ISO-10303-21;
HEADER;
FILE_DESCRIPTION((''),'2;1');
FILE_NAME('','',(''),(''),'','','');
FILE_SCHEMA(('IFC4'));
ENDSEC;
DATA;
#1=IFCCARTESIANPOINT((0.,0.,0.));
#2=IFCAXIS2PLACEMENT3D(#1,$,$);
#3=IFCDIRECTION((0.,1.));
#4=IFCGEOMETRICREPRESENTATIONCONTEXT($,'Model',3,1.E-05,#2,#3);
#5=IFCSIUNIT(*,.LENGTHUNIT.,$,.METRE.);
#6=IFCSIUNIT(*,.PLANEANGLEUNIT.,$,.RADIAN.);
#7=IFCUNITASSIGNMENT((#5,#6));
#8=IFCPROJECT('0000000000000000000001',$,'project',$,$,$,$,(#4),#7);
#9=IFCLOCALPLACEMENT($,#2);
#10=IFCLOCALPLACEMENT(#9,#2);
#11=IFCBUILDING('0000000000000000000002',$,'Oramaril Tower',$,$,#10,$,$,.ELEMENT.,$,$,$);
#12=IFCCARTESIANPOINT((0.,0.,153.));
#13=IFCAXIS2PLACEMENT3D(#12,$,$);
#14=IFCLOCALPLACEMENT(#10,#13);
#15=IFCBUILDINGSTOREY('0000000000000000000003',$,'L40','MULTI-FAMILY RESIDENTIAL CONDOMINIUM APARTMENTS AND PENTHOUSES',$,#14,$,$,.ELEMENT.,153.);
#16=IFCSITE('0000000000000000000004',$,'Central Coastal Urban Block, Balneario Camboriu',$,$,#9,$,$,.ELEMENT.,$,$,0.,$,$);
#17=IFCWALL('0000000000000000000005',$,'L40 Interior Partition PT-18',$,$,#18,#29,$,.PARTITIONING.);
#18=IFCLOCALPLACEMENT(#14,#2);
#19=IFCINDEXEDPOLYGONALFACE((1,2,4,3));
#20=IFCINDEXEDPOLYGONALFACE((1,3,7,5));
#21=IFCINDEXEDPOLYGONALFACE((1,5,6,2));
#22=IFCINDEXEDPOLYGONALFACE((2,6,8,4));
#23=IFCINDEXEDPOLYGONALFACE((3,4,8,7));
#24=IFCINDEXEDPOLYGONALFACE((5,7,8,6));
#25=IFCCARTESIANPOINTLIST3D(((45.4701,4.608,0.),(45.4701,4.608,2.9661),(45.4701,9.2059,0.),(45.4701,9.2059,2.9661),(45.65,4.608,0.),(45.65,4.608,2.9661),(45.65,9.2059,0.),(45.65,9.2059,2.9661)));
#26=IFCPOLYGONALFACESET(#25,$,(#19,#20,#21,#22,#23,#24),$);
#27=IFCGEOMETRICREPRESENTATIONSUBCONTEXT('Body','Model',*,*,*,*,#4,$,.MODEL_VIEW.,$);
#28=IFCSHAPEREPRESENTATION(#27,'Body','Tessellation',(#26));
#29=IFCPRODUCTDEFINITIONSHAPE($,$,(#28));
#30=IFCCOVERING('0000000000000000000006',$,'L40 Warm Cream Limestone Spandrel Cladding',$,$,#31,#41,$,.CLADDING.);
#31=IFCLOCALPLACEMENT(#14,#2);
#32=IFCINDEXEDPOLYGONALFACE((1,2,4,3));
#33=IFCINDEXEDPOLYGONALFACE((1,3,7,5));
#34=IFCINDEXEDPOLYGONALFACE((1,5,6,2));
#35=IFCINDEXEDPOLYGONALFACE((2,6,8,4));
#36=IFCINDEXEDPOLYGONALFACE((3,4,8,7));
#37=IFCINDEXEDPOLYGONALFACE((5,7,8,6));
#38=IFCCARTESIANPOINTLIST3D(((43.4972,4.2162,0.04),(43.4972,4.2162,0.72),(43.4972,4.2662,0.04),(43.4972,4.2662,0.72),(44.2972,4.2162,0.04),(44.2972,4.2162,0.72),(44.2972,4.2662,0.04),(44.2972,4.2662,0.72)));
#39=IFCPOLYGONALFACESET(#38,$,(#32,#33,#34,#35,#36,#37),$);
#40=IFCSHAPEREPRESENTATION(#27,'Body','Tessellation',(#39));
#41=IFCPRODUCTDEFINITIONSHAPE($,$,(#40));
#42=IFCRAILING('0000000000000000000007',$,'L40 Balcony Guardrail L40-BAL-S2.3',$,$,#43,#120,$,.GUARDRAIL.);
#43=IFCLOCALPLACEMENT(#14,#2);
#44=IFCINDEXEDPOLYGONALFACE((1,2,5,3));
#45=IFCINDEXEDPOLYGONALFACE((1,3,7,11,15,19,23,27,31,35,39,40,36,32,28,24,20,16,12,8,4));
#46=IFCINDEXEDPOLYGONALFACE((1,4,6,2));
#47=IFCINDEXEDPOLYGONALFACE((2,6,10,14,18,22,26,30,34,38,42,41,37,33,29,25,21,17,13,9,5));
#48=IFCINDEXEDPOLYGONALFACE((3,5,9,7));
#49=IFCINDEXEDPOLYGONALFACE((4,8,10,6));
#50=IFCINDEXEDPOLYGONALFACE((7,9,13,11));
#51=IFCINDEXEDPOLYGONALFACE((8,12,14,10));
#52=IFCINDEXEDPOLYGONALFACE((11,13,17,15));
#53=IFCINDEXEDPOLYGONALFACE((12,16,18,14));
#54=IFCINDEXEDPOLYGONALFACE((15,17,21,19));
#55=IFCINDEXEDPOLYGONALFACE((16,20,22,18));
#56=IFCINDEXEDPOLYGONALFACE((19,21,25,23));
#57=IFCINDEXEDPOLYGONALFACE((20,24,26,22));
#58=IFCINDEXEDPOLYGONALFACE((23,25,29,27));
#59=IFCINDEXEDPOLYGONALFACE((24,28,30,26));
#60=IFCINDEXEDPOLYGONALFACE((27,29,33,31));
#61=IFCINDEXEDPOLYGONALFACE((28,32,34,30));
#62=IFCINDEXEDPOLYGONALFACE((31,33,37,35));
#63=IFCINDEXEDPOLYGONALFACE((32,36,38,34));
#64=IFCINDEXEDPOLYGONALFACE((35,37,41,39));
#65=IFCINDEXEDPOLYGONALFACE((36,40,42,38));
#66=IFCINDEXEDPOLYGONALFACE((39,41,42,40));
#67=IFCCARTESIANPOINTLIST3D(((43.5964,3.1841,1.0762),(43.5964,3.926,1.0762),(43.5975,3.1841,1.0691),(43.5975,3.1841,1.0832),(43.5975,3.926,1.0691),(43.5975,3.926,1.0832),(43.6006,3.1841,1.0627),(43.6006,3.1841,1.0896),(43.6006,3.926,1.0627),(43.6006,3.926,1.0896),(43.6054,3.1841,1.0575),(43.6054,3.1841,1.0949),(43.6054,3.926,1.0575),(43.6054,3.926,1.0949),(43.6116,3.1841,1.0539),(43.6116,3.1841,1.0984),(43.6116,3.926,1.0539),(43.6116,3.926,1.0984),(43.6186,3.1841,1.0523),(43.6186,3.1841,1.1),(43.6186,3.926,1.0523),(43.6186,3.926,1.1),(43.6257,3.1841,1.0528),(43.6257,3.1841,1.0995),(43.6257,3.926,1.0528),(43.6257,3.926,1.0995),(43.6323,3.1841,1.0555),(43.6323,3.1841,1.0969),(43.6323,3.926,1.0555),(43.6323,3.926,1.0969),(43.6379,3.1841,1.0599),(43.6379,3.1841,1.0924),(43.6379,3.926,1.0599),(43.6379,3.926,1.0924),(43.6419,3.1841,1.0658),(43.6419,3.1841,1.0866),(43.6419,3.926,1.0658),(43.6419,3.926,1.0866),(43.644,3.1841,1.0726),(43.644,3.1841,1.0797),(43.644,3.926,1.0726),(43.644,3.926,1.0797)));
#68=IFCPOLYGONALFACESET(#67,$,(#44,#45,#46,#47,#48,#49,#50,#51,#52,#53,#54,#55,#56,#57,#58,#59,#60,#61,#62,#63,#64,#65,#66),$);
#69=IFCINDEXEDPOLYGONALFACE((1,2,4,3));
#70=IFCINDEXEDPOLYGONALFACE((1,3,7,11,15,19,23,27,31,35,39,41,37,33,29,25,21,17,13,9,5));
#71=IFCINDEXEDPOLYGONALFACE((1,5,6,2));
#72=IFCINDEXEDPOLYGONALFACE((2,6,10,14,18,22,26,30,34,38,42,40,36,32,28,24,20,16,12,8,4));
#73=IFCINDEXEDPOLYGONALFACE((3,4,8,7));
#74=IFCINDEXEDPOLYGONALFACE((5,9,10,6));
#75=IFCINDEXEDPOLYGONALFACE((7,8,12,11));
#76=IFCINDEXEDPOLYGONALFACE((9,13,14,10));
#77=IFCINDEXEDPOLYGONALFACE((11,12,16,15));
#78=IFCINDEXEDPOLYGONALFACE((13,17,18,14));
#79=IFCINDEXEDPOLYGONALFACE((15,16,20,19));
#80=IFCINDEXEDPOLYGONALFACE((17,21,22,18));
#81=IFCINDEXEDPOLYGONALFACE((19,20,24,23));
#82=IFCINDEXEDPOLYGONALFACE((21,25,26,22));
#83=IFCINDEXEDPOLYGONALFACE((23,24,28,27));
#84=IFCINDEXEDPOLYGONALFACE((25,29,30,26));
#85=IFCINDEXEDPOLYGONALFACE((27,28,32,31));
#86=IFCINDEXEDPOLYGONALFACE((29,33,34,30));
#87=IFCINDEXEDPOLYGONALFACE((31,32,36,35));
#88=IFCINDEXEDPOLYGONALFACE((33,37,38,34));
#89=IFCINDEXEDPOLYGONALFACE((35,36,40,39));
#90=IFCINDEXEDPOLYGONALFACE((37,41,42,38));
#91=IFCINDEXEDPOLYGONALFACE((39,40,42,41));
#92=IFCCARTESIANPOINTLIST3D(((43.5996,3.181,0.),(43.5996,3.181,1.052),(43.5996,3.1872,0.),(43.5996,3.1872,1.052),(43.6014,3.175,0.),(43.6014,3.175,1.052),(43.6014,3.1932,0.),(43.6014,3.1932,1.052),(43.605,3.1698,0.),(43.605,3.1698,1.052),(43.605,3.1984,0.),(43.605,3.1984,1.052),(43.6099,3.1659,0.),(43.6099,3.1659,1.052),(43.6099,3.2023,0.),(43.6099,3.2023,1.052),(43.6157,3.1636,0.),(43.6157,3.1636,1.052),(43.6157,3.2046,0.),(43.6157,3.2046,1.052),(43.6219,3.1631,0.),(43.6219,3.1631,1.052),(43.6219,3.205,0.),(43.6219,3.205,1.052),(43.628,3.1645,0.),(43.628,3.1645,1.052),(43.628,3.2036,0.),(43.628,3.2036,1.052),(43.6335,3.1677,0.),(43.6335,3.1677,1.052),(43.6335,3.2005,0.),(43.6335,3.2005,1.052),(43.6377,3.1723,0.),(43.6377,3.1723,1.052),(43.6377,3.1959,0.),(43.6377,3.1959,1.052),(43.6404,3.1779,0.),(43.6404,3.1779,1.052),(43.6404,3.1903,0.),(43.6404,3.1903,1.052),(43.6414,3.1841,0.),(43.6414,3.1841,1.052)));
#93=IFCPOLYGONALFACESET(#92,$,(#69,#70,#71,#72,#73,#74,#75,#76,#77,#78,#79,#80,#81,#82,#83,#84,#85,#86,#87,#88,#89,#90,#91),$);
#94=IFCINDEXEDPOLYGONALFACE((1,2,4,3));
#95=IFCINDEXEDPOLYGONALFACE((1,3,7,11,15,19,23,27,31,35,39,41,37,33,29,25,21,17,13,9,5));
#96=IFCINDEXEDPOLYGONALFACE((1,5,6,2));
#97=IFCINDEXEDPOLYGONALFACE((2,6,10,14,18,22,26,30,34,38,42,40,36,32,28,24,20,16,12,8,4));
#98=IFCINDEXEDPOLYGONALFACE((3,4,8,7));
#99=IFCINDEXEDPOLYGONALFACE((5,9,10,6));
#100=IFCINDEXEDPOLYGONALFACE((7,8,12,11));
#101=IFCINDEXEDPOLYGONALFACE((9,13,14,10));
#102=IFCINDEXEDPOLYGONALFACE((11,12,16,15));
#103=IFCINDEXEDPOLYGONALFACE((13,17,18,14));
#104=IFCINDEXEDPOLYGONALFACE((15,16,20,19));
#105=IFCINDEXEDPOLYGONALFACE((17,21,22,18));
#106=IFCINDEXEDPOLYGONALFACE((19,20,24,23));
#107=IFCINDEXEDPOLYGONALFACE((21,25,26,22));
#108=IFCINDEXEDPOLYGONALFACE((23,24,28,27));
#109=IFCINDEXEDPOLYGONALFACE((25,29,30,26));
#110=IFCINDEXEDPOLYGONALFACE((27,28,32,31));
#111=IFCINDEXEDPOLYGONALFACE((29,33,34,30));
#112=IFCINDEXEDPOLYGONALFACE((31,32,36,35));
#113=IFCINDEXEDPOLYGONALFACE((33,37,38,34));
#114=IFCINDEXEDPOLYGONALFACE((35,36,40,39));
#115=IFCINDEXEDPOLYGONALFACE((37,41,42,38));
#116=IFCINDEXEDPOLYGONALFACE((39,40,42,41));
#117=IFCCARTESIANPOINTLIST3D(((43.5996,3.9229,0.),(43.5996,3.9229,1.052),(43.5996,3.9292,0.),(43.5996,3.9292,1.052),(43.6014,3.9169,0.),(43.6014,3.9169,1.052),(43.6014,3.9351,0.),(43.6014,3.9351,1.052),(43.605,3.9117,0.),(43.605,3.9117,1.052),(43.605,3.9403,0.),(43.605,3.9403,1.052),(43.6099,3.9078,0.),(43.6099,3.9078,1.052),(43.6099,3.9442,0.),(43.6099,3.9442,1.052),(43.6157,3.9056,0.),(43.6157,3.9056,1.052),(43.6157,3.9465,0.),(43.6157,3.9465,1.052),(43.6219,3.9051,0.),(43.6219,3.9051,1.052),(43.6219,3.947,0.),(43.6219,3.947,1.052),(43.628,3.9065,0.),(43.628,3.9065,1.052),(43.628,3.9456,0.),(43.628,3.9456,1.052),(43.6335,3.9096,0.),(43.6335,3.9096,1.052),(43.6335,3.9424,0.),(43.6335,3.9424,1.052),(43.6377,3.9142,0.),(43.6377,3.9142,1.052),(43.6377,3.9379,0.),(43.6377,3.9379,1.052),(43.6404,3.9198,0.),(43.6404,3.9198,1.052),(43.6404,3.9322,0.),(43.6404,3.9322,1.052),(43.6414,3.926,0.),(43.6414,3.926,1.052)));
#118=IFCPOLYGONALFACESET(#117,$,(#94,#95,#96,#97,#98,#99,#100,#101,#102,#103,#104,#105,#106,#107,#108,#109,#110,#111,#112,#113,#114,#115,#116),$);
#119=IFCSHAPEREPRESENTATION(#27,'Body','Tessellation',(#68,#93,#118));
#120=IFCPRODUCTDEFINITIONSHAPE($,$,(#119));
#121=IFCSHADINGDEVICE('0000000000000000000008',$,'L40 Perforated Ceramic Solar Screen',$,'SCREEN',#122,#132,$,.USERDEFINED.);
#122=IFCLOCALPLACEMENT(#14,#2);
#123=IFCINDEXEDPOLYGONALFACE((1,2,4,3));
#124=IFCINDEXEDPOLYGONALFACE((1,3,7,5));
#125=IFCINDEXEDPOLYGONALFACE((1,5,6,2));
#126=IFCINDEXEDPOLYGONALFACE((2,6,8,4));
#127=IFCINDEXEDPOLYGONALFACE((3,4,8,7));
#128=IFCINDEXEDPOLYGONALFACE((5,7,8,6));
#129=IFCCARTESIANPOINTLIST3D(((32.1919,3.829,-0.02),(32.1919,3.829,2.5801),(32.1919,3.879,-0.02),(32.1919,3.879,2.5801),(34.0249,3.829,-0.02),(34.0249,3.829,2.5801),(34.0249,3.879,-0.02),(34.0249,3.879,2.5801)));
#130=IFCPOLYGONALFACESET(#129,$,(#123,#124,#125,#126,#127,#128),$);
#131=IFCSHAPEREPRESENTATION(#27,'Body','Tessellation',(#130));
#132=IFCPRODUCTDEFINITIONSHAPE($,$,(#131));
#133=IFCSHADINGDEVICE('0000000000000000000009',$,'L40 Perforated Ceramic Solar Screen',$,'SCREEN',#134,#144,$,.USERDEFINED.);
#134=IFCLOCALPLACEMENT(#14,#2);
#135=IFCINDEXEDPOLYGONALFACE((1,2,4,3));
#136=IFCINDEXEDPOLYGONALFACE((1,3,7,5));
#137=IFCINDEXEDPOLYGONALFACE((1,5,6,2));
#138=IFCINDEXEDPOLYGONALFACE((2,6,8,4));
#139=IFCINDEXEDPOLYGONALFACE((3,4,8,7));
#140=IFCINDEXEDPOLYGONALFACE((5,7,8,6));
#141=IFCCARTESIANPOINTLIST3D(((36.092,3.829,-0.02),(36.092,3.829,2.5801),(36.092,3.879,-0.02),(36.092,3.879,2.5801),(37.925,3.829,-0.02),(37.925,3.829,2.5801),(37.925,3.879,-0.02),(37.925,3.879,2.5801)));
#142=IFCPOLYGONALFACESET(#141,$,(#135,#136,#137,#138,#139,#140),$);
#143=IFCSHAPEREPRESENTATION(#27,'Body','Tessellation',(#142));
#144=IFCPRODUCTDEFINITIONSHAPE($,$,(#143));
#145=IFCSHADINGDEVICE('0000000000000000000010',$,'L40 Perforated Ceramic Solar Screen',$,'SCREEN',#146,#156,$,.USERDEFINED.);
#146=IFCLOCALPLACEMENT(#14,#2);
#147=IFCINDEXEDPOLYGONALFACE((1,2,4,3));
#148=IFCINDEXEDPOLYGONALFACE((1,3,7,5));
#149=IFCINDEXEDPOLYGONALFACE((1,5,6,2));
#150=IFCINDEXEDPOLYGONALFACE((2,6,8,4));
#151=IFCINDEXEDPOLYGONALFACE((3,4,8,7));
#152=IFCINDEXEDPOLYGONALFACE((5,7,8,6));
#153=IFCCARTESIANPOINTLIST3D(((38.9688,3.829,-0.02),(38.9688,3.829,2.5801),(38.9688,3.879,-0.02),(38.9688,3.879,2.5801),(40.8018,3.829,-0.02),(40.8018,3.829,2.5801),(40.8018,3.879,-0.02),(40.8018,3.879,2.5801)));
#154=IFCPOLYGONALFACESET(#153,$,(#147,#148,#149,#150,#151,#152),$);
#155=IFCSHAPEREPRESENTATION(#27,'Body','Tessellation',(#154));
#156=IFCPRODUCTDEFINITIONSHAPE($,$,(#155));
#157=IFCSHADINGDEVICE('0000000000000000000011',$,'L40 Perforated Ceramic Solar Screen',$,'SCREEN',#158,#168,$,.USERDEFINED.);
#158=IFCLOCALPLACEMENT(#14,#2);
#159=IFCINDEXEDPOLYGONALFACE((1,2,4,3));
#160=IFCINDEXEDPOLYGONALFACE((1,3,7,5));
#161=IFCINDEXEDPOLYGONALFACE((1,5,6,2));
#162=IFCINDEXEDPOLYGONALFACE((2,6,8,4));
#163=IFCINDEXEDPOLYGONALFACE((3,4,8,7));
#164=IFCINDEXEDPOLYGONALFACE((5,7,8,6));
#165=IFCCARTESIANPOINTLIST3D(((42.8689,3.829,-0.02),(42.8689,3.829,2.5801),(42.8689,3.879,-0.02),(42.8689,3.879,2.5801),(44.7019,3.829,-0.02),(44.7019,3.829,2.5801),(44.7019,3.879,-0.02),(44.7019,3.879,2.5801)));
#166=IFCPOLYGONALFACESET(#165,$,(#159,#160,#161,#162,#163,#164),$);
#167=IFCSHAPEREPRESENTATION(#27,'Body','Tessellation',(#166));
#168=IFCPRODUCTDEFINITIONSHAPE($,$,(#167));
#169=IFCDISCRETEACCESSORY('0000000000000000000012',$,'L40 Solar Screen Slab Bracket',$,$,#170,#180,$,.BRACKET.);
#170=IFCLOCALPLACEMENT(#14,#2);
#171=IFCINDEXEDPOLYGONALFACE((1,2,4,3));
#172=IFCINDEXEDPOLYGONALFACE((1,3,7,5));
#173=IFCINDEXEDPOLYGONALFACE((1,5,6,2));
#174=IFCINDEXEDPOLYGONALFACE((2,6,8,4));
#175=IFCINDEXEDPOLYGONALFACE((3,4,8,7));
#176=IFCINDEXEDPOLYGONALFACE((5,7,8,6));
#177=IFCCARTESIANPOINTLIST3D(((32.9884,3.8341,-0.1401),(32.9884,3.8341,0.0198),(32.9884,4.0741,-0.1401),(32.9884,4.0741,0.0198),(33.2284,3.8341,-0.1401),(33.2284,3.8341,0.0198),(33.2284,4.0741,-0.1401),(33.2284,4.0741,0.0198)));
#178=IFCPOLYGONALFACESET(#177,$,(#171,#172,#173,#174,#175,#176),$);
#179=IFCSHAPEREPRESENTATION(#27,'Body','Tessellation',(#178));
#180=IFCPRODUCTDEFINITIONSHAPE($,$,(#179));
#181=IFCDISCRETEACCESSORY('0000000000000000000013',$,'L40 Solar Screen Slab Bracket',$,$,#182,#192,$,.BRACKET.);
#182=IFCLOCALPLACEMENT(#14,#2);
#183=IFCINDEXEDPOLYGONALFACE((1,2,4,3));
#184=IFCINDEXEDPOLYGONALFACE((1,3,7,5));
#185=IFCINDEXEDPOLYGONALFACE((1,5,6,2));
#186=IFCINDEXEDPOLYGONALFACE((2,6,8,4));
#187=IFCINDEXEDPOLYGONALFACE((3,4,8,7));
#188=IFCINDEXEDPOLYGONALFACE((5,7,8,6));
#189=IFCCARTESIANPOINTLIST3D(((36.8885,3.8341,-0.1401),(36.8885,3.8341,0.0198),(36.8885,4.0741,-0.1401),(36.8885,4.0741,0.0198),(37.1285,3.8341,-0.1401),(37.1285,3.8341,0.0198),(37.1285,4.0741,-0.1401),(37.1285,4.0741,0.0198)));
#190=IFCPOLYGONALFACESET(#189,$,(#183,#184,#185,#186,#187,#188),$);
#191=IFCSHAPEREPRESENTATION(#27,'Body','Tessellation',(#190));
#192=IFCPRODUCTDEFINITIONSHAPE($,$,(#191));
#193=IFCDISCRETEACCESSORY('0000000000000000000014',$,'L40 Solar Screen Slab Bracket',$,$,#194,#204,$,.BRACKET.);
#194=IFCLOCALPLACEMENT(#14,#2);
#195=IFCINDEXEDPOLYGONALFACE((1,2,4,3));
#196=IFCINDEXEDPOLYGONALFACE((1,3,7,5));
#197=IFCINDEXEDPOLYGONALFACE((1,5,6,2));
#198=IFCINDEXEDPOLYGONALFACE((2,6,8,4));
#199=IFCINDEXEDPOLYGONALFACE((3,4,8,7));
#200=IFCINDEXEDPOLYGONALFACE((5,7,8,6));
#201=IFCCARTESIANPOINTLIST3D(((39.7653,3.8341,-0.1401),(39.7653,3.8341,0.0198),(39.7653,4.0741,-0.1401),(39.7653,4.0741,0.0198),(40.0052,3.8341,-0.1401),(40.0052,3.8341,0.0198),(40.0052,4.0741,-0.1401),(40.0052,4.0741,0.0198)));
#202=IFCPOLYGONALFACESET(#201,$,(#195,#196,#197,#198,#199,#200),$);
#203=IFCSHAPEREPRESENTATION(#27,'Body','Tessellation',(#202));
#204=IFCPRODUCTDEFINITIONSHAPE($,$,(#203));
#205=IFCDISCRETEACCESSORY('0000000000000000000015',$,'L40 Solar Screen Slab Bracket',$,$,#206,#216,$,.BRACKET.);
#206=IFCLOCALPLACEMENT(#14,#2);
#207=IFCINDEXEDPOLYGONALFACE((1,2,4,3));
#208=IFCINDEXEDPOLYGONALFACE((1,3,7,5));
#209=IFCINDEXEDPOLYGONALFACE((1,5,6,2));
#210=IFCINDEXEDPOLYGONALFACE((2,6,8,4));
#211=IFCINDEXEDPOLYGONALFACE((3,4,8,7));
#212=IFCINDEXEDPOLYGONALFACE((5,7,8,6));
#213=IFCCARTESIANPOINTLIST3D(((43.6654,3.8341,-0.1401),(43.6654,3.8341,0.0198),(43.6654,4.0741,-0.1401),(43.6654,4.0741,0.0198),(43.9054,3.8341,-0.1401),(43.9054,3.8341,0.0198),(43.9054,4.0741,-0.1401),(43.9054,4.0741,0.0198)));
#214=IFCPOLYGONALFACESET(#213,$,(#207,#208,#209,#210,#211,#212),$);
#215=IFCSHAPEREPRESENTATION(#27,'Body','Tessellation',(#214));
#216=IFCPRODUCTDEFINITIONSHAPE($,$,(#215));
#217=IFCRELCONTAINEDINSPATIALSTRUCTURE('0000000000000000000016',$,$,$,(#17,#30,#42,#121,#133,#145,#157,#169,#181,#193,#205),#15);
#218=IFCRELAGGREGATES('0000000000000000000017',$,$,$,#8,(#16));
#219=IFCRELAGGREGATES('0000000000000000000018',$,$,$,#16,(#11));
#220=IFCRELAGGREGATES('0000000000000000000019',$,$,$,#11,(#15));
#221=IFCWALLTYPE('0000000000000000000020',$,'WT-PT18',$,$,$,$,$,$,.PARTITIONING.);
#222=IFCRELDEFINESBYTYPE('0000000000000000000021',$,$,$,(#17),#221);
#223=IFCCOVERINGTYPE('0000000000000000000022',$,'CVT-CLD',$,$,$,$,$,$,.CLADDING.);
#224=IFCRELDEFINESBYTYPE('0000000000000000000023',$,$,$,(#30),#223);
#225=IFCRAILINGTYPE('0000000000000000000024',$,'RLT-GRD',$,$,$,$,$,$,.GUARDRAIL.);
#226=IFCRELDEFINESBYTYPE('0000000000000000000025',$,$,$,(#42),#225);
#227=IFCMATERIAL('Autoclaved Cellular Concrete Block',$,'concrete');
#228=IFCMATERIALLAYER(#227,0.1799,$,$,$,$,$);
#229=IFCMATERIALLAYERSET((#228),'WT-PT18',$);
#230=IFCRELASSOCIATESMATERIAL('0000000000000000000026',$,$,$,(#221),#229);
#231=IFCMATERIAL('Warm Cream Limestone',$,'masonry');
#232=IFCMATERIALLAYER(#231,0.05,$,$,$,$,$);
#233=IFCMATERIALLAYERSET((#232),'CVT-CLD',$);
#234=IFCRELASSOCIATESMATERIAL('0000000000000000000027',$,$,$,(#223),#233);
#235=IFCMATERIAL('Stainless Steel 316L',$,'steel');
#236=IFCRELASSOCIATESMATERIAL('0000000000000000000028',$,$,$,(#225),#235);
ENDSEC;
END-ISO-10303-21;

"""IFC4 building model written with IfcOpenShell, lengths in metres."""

from ifc_helpers import new_model, si_unit, direction, frame, frame_2d, origin, origin_2d, place, context, subcontext, project, spatial, rectangle, circle, extrude, material, layer, layer_set, type_object, element, save


model = new_model("IFC4")

# Units and contexts
model_context = context("Model", 3, precision=1e-05, world=origin(), true_north=direction((0.0, 1.0)))
body_context = subcontext(model_context, "Body", "Model", "MODEL_VIEW")
ifc_project = project(units=[si_unit("LENGTHUNIT", "METRE"), si_unit("PLANEANGLEUNIT", "RADIAN")], contexts=[model_context])

# Site, building, storey
site_placement = place(None, origin())
site = spatial("IfcSite", under=ifc_project, at=site_placement, Name="Central Coastal Urban Block, Balneario Camboriu", CompositionType="ELEMENT", RefElevation=0.0)
building_placement = place(site_placement, origin())
building = spatial("IfcBuilding", under=site, at=building_placement, Name="Oramaril Tower", CompositionType="ELEMENT")
storey_placement = place(building_placement, frame((0.0, 0.0, 153.0)))
storey = spatial("IfcBuildingStorey", under=building, at=storey_placement, Name="L40", Description="MULTI-FAMILY RESIDENTIAL CONDOMINIUM APARTMENTS AND PENTHOUSES", CompositionType="ELEMENT", Elevation=153.0)

# Wall
ifc_material_1 = material(Name="Autoclaved Cellular Concrete Block", Category="concrete")
ifc_layer_1 = layer(ifc_material_1, 0.1799)
ifc_layer_set_1 = layer_set([ifc_layer_1], Name="WT-PT18")
wall_type_1 = type_object("IfcWallType", Name="WT-PT18", PredefinedType="PARTITIONING", material=ifc_layer_set_1)
wall_1_placement = place(storey_placement, frame((45.5601, 4.6082, 0.0), z_axis=(0.0, 0.0, 1.0), x_axis=(0.0, 1.0, 0.0)))
element("IfcWall", 1, at=wall_1_placement, inside=storey, type_object=wall_type_1, Name="L40 Interior Partition PT-18", PredefinedType="PARTITIONING", context=body_context, shape_type="SweptSolid", body=[
    extrude(rectangle(XDim=4.5979, YDim=0.1799, at=frame_2d((2.2988, 0.0))), origin(), (0.0, 0.0, 1.0), 2.9661),
])

# Covering
ifc_material_2 = material(Name="Warm Cream Limestone", Category="masonry")
ifc_layer_2 = layer(ifc_material_2, 0.05)
ifc_layer_set_2 = layer_set([ifc_layer_2], Name="CVT-CLD")
covering_type = type_object("IfcCoveringType", Name="CVT-CLD", PredefinedType="CLADDING", material=ifc_layer_set_2)
covering_placement = place(storey_placement, frame((43.8972, 4.2412, 0.04), z_axis=(0.0, 0.0, 1.0), x_axis=(1.0, 0.0, 0.0)))
element("IfcCovering", 2, at=covering_placement, inside=storey, type_object=covering_type, Name="L40 Warm Cream Limestone Spandrel Cladding", PredefinedType="CLADDING", context=body_context, shape_type="SweptSolid", body=[
    extrude(rectangle(XDim=0.8, YDim=0.05, at=origin_2d()), origin(), (0.0, 0.0, 1.0), 0.6799),
])

# Railing
ifc_material_3 = material(Name="Stainless Steel 316L", Category="steel")
railing_type = type_object("IfcRailingType", Name="RLT-GRD", PredefinedType="GUARDRAIL", material=ifc_material_3)
railing_placement = place(storey_placement, frame((43.6204, 3.1841, 0.0)))
element("IfcRailing", 3, at=railing_placement, inside=storey, type_object=railing_type, Name="L40 Balcony Guardrail L40-BAL-S2.3", PredefinedType="GUARDRAIL", context=body_context, shape_type="SweptSolid", body=[
    extrude(circle(Radius=0.0239, at=origin_2d()), frame((0.0, 0.0, 1.0762), z_axis=(0.0, 1.0, 0.0), x_axis=(-1.0, 0.0, 0.0)), (0.0, 0.0, 1.0), 0.7419),
    extrude(circle(Radius=0.021, at=origin_2d()), origin(), (0.0, 0.0, 1.0), 1.052),
    extrude(circle(Radius=0.021, at=origin_2d()), frame((0.0, 0.7419, 0.0)), (0.0, 0.0, 1.0), 1.052),
])

# Shading devices
for number, where, z_axis, x_axis, name in (
    (4, (33.1084, 3.854, -0.02), (0.0, 0.0, 1.0), (1.0, 0.0, 0.0), "L40 Perforated Ceramic Solar Screen"),
    (5, (37.0085, 3.854, -0.02), (0.0, 0.0, 1.0), (1.0, 0.0, 0.0), "L40 Perforated Ceramic Solar Screen"),
    (6, (39.8853, 3.854, -0.02), (0.0, 0.0, 1.0), (1.0, 0.0, 0.0), "L40 Perforated Ceramic Solar Screen"),
    (7, (43.7854, 3.854, -0.02), (0.0, 0.0, 1.0), (1.0, 0.0, 0.0), "L40 Perforated Ceramic Solar Screen"),
):
    element("IfcShadingDevice", number, at=place(storey_placement, frame(where, z_axis=z_axis, x_axis=x_axis)), inside=storey, Name=name, ObjectType="SCREEN", PredefinedType="USERDEFINED", context=body_context, shape_type="SweptSolid", body=[
        extrude(rectangle(XDim=1.833, YDim=0.05, at=origin_2d()), origin(), (0.0, 0.0, 1.0), 2.6001),
    ])

# Discrete accessories
for number, where, z_axis, x_axis, name in (
    (8, (33.1084, 3.9541, -0.1401), (0.0, 0.0, 1.0), (1.0, 0.0, 0.0), "L40 Solar Screen Slab Bracket"),
    (9, (37.0085, 3.9541, -0.1401), (0.0, 0.0, 1.0), (1.0, 0.0, 0.0), "L40 Solar Screen Slab Bracket"),
    (10, (39.8853, 3.9541, -0.1401), (0.0, 0.0, 1.0), (1.0, 0.0, 0.0), "L40 Solar Screen Slab Bracket"),
    (11, (43.7854, 3.9541, -0.1401), (0.0, 0.0, 1.0), (1.0, 0.0, 0.0), "L40 Solar Screen Slab Bracket"),
):
    element("IfcDiscreteAccessory", number, at=place(storey_placement, frame(where, z_axis=z_axis, x_axis=x_axis)), inside=storey, Name=name, PredefinedType="BRACKET", context=body_context, shape_type="SweptSolid", body=[
        extrude(rectangle(XDim=0.24, YDim=0.24, at=origin_2d()), origin(), (0.0, 0.0, 1.0), 0.1599),
    ])

save(model, "model.ifc")
